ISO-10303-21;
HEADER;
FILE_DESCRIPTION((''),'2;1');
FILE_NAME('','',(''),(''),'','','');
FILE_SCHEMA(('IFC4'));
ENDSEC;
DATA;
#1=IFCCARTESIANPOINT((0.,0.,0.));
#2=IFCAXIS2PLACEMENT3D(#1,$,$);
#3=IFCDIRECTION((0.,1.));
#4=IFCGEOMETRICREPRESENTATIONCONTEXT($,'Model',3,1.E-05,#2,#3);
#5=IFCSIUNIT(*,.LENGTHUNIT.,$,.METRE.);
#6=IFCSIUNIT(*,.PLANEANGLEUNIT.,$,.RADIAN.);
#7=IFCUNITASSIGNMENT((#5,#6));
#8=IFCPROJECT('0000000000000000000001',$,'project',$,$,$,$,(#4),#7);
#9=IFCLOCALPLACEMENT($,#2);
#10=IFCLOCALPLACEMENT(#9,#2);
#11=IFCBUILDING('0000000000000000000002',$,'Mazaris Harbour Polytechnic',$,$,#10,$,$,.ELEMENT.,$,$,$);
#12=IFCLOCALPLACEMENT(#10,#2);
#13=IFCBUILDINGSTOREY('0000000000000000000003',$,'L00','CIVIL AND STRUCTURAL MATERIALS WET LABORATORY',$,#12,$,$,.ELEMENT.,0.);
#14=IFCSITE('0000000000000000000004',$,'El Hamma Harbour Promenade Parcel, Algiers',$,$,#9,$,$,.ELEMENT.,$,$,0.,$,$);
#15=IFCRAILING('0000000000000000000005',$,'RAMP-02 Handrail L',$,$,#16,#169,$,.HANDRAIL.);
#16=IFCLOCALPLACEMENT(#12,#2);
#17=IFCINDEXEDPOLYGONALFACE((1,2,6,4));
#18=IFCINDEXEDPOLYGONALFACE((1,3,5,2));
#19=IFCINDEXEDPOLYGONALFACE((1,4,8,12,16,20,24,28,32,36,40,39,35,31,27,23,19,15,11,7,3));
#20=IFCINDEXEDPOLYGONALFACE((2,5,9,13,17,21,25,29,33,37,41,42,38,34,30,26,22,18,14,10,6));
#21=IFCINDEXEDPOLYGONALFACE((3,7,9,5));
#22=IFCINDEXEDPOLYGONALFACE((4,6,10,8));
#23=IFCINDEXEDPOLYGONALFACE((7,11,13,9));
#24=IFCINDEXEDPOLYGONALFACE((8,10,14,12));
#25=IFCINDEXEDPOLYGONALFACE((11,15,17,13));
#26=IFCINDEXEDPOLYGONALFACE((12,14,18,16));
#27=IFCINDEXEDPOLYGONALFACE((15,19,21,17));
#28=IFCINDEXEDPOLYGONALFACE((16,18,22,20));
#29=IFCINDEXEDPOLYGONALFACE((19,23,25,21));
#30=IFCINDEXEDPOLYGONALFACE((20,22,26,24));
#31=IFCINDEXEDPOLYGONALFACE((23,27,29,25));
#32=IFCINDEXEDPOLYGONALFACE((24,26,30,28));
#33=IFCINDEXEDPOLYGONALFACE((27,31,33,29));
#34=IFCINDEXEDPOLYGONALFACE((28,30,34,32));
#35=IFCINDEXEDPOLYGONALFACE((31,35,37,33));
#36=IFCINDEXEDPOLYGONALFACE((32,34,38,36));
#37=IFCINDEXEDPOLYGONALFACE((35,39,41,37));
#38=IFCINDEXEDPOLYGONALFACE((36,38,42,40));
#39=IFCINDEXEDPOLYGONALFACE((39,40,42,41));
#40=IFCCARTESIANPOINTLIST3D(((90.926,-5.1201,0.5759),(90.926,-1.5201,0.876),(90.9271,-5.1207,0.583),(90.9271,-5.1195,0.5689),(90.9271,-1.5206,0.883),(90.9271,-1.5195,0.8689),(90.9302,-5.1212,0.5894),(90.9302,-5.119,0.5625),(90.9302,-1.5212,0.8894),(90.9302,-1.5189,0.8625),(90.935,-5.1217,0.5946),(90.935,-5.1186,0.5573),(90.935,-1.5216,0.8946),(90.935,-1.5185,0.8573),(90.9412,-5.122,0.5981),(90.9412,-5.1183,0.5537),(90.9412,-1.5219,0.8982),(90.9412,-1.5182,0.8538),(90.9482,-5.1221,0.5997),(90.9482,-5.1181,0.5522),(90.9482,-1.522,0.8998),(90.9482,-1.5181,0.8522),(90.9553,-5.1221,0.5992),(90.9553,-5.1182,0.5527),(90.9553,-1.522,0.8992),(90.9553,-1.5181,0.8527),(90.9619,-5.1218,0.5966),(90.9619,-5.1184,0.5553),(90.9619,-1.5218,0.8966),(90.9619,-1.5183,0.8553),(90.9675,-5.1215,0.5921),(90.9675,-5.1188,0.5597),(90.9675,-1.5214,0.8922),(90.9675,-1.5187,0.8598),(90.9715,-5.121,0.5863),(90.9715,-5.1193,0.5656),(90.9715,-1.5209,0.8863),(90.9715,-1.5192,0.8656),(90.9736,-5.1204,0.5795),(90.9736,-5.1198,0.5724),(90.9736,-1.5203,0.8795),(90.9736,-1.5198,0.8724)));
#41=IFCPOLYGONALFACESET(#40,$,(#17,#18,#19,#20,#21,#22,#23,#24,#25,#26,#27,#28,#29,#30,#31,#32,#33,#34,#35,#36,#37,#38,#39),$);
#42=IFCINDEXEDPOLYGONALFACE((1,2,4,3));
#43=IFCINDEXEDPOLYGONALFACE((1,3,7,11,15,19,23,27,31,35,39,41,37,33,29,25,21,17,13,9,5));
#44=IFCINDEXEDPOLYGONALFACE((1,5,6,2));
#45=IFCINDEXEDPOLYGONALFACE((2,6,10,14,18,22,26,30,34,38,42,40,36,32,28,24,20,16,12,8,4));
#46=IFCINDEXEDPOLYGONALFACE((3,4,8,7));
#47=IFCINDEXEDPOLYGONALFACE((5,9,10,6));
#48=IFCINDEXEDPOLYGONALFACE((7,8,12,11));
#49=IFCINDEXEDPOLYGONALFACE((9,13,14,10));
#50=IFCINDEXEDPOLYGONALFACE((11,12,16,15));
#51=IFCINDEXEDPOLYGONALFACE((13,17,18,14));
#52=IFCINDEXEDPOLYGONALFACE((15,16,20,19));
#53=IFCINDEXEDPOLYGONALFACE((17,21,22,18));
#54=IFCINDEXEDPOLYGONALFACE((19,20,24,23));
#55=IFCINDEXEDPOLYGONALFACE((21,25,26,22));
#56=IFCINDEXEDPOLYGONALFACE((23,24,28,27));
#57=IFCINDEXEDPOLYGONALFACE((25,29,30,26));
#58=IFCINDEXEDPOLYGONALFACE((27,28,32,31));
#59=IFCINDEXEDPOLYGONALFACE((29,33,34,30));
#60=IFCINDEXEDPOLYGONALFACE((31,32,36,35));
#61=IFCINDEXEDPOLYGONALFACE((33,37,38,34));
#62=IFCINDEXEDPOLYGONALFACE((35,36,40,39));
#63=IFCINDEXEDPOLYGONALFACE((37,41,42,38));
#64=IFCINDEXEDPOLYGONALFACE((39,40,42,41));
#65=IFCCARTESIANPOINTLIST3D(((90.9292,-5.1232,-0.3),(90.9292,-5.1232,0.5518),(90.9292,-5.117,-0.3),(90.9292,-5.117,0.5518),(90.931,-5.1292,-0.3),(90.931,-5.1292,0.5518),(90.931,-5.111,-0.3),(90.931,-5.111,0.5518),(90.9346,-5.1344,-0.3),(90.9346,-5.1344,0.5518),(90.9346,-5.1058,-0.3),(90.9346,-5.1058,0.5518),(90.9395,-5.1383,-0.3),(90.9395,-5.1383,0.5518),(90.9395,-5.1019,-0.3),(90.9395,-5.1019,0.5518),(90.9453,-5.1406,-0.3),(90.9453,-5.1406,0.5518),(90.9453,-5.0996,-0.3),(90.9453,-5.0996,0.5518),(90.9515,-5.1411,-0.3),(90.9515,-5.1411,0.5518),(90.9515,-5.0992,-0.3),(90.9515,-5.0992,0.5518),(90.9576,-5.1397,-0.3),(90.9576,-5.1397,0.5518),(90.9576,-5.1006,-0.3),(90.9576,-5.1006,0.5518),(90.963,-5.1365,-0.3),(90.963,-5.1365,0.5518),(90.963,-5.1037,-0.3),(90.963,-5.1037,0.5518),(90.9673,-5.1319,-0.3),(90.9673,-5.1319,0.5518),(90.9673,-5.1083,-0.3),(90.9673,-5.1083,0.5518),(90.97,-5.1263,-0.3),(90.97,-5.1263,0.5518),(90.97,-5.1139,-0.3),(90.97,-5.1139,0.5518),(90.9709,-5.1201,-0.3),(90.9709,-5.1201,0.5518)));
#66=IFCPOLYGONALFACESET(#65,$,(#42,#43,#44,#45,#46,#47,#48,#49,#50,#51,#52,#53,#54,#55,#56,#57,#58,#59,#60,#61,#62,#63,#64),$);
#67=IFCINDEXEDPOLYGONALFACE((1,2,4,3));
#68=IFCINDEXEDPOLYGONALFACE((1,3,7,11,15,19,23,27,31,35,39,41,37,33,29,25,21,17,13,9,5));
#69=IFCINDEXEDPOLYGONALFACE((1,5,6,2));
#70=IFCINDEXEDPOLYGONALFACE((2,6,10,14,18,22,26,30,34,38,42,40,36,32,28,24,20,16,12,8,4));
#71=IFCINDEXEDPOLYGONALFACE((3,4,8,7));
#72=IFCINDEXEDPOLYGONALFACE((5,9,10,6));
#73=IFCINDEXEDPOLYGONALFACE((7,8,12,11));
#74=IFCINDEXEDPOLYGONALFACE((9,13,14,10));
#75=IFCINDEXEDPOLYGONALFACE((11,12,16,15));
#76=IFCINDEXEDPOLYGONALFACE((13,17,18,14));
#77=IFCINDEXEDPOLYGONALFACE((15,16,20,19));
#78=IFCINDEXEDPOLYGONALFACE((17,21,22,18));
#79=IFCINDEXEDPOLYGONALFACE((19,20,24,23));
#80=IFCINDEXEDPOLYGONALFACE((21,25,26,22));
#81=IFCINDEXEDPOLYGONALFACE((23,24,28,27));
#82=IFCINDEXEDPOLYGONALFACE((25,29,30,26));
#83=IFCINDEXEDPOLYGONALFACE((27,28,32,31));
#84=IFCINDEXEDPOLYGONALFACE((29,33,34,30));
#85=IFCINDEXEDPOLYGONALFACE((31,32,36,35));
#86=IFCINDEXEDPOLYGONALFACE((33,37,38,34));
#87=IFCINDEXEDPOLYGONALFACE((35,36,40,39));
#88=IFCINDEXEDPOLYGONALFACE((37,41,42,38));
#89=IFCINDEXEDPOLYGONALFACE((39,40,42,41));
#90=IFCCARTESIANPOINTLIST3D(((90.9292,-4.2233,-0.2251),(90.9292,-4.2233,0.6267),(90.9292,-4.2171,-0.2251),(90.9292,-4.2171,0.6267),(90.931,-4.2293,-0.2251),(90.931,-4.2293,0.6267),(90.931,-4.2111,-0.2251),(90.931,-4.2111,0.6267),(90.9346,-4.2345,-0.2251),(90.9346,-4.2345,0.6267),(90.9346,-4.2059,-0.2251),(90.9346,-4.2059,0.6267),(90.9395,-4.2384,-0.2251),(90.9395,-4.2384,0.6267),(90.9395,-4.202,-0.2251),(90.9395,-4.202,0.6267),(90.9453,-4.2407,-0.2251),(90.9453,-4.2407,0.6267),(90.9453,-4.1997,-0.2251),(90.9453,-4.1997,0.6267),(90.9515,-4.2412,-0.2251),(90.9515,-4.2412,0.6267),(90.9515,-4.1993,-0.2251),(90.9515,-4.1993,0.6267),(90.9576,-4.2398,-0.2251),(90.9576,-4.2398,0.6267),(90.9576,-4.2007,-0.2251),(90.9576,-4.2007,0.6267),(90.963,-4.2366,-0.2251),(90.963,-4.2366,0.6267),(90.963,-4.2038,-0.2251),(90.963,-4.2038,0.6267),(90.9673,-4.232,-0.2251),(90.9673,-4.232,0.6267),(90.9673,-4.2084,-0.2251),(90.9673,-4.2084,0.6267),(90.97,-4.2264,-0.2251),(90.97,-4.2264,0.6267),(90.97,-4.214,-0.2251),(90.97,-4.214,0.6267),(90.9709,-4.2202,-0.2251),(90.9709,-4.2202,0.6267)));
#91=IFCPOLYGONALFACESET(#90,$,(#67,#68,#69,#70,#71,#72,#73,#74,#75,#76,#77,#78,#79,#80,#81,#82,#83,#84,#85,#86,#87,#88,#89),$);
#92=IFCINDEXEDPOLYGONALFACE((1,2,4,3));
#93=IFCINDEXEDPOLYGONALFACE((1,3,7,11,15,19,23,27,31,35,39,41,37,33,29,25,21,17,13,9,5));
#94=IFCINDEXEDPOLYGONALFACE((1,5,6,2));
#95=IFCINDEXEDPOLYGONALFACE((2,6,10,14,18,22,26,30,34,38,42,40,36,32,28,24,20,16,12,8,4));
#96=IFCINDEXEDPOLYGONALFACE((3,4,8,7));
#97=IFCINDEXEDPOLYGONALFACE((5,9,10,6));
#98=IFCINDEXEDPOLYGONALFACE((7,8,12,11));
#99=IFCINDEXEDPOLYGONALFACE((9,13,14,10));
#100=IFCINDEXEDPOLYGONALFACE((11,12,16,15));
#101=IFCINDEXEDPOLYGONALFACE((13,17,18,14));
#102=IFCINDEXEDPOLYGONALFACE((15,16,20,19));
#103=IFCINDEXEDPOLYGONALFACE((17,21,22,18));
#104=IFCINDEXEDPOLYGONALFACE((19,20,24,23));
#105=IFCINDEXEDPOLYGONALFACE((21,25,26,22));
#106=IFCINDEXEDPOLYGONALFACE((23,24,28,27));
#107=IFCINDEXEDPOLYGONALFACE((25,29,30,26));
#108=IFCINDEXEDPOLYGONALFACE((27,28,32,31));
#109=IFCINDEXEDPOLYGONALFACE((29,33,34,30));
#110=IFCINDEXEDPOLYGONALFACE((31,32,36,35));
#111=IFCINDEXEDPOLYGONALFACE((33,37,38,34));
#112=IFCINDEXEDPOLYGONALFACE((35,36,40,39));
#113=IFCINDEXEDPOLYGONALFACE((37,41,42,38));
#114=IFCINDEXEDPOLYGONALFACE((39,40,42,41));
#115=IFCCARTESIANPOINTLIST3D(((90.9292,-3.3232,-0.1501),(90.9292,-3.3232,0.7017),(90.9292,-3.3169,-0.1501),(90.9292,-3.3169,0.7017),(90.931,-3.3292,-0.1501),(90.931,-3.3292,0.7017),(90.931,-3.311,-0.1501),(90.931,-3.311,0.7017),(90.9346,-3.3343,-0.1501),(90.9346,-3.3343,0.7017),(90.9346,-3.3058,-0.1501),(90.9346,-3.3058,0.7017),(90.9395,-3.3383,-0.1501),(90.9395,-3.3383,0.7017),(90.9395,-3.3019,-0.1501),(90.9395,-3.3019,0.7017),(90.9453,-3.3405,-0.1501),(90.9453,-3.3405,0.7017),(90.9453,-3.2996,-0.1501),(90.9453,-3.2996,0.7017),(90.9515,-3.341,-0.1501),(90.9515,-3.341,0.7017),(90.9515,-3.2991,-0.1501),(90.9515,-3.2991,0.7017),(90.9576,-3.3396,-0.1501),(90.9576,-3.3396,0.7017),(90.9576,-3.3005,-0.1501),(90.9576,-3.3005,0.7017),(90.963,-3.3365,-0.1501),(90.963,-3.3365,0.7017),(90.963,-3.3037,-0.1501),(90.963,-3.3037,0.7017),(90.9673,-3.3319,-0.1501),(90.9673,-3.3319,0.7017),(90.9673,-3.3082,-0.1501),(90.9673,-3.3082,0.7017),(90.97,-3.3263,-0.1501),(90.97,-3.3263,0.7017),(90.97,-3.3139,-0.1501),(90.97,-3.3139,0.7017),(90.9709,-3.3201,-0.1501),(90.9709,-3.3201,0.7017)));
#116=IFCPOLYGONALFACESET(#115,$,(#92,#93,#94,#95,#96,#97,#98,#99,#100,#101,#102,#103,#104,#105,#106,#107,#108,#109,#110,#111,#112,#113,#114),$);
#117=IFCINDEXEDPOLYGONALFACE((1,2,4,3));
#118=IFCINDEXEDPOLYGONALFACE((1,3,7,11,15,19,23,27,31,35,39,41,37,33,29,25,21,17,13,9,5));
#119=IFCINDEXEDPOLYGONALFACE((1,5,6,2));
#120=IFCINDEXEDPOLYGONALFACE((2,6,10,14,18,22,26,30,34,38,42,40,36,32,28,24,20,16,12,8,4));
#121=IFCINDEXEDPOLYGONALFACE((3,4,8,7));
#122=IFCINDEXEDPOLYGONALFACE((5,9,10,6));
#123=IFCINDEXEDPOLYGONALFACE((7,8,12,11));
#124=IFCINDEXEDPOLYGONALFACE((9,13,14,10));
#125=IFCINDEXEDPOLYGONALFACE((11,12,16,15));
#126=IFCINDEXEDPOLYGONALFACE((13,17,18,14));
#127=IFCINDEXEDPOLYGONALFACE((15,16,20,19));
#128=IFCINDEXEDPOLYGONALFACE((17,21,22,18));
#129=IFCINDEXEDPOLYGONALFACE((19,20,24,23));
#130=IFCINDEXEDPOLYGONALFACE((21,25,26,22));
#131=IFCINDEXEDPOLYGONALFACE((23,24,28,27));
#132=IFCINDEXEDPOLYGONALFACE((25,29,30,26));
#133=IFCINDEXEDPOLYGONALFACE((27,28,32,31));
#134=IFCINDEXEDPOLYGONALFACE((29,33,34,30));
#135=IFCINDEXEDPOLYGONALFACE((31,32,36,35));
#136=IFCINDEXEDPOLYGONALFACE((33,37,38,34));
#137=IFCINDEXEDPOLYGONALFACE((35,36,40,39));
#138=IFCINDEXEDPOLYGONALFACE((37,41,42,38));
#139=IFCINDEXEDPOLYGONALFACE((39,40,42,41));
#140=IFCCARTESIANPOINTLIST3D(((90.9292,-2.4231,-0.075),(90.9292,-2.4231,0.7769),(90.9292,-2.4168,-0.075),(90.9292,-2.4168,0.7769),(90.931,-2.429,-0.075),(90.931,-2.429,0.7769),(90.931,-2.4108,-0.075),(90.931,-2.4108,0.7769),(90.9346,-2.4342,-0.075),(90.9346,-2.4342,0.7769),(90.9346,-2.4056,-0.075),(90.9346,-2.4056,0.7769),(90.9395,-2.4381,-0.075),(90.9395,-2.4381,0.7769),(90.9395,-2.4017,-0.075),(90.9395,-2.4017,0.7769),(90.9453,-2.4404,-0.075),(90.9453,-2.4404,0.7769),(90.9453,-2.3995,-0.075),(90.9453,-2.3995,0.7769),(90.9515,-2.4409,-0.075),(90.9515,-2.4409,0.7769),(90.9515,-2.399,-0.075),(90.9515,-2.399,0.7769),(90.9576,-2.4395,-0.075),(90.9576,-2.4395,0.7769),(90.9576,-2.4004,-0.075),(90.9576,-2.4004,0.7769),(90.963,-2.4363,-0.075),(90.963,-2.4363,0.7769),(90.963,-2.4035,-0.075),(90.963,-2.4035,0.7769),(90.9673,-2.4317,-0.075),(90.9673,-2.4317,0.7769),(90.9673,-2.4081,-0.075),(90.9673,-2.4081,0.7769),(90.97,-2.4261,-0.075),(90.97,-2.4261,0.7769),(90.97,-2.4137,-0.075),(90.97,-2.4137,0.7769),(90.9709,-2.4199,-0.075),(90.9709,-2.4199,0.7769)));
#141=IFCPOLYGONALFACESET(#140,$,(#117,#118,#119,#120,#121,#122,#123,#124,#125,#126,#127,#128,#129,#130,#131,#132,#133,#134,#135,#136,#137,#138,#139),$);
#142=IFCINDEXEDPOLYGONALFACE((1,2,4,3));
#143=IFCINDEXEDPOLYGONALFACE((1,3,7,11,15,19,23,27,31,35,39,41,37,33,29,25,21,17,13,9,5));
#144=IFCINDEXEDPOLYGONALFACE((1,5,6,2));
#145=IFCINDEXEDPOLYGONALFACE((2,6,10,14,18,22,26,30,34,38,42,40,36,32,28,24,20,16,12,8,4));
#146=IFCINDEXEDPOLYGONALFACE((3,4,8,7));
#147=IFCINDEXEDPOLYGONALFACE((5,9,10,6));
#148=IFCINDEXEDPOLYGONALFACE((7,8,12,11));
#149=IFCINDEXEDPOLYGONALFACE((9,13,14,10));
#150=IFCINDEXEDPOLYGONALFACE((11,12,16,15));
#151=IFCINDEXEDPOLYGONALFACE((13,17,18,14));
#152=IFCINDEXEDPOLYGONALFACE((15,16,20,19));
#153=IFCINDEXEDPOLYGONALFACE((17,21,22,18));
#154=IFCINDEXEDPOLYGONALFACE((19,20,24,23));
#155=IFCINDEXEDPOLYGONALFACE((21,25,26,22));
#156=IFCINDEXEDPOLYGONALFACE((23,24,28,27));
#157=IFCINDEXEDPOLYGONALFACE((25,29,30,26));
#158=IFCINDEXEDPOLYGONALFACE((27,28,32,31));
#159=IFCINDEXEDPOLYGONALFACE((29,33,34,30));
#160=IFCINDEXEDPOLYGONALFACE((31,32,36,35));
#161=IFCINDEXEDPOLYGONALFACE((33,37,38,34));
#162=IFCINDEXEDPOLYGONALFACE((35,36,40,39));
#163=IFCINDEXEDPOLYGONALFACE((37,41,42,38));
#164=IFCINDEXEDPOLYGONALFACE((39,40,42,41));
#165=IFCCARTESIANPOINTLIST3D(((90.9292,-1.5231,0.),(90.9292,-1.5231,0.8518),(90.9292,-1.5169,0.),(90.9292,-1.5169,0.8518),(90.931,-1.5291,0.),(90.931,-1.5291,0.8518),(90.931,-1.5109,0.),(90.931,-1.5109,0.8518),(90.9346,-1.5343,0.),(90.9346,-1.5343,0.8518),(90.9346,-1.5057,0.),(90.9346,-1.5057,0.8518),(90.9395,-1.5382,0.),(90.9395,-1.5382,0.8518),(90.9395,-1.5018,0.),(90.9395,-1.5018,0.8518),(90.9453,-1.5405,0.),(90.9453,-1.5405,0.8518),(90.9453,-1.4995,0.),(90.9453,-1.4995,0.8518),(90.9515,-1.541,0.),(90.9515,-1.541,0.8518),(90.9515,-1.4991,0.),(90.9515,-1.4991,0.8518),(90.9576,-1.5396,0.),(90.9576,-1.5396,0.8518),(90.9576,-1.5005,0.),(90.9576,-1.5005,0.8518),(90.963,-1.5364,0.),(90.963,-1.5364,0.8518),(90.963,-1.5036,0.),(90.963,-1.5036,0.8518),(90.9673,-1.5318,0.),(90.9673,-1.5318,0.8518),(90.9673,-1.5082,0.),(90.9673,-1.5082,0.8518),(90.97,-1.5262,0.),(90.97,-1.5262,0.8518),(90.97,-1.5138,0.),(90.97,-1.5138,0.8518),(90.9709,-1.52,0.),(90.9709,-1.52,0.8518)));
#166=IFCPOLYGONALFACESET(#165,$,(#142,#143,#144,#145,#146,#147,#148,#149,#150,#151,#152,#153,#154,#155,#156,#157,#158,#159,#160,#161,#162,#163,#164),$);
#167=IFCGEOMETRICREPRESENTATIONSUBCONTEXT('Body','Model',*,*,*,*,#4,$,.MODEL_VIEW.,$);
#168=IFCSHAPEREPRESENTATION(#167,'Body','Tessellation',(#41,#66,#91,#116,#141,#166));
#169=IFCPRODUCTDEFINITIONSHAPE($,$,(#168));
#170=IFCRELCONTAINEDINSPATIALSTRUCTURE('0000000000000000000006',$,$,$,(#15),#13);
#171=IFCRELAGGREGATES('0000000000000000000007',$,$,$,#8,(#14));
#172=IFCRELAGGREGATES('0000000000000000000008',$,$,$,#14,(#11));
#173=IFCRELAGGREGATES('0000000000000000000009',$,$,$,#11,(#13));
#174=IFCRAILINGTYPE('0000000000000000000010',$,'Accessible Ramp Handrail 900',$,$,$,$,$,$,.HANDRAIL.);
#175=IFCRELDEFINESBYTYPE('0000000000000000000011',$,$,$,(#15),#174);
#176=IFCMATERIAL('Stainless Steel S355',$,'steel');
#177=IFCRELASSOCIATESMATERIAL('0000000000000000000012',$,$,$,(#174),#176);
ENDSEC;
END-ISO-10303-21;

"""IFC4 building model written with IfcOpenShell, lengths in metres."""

from ifc_helpers import new_model, si_unit, direction, frame, origin, origin_2d, place, context, subcontext, project, spatial, circle, extrude, material, type_object, element, save


model = new_model("IFC4")

# Units and contexts
model_context = context("Model", 3, precision=1e-05, world=origin(), true_north=direction((0.0, 1.0)))
body_context = subcontext(model_context, "Body", "Model", "MODEL_VIEW")
ifc_project = project(units=[si_unit("LENGTHUNIT", "METRE"), si_unit("PLANEANGLEUNIT", "RADIAN")], contexts=[model_context])

# Site, building, storey
site_placement = place(None, origin())
site = spatial("IfcSite", under=ifc_project, at=site_placement, Name="El Hamma Harbour Promenade Parcel, Algiers", CompositionType="ELEMENT", RefElevation=0.0)
building_placement = place(site_placement, origin())
building = spatial("IfcBuilding", under=site, at=building_placement, Name="Mazaris Harbour Polytechnic", CompositionType="ELEMENT")
storey_placement = place(building_placement, origin())
storey = spatial("IfcBuildingStorey", under=building, at=storey_placement, Name="L00", Description="CIVIL AND STRUCTURAL MATERIALS WET LABORATORY", CompositionType="ELEMENT", Elevation=0.0)

# Railing
ifc_material_1 = material(Name="Stainless Steel S355", Category="steel")
railing_type = type_object("IfcRailingType", Name="Accessible Ramp Handrail 900", PredefinedType="HANDRAIL", material=ifc_material_1)
for number, where, name in (
    (1, (90.95, -5.1201, -0.3), "RAMP-02 Handrail L"),
):
    element("IfcRailing", number, at=place(storey_placement, frame(where)), inside=storey, type_object=railing_type, Name=name, PredefinedType="HANDRAIL", context=body_context, shape_type="SweptSolid", body=[
        extrude(circle(Radius=0.0239, at=origin_2d()), frame((0.0, 0.0, 0.876), z_axis=(0.0, 0.996545, 0.083057), x_axis=(-1.0, 0.0, 0.0)), (0.0, 0.0, 1.0), 3.6125),
        extrude(circle(Radius=0.021, at=origin_2d()), origin(), (0.0, 0.0, 1.0), 0.8518),
        extrude(circle(Radius=0.021, at=origin_2d()), frame((0.0, 0.8999, 0.075)), (0.0, 0.0, 1.0), 0.8518),
        extrude(circle(Radius=0.021, at=origin_2d()), frame((0.0, 1.8, 0.1499)), (0.0, 0.0, 1.0), 0.8518),
        extrude(circle(Radius=0.021, at=origin_2d()), frame((0.0, 2.7002, 0.2251)), (0.0, 0.0, 1.0), 0.8518),
        extrude(circle(Radius=0.021, at=origin_2d()), frame((0.0, 3.6001, 0.3)), (0.0, 0.0, 1.0), 0.8518),
    ])

save(model, "model.ifc")
